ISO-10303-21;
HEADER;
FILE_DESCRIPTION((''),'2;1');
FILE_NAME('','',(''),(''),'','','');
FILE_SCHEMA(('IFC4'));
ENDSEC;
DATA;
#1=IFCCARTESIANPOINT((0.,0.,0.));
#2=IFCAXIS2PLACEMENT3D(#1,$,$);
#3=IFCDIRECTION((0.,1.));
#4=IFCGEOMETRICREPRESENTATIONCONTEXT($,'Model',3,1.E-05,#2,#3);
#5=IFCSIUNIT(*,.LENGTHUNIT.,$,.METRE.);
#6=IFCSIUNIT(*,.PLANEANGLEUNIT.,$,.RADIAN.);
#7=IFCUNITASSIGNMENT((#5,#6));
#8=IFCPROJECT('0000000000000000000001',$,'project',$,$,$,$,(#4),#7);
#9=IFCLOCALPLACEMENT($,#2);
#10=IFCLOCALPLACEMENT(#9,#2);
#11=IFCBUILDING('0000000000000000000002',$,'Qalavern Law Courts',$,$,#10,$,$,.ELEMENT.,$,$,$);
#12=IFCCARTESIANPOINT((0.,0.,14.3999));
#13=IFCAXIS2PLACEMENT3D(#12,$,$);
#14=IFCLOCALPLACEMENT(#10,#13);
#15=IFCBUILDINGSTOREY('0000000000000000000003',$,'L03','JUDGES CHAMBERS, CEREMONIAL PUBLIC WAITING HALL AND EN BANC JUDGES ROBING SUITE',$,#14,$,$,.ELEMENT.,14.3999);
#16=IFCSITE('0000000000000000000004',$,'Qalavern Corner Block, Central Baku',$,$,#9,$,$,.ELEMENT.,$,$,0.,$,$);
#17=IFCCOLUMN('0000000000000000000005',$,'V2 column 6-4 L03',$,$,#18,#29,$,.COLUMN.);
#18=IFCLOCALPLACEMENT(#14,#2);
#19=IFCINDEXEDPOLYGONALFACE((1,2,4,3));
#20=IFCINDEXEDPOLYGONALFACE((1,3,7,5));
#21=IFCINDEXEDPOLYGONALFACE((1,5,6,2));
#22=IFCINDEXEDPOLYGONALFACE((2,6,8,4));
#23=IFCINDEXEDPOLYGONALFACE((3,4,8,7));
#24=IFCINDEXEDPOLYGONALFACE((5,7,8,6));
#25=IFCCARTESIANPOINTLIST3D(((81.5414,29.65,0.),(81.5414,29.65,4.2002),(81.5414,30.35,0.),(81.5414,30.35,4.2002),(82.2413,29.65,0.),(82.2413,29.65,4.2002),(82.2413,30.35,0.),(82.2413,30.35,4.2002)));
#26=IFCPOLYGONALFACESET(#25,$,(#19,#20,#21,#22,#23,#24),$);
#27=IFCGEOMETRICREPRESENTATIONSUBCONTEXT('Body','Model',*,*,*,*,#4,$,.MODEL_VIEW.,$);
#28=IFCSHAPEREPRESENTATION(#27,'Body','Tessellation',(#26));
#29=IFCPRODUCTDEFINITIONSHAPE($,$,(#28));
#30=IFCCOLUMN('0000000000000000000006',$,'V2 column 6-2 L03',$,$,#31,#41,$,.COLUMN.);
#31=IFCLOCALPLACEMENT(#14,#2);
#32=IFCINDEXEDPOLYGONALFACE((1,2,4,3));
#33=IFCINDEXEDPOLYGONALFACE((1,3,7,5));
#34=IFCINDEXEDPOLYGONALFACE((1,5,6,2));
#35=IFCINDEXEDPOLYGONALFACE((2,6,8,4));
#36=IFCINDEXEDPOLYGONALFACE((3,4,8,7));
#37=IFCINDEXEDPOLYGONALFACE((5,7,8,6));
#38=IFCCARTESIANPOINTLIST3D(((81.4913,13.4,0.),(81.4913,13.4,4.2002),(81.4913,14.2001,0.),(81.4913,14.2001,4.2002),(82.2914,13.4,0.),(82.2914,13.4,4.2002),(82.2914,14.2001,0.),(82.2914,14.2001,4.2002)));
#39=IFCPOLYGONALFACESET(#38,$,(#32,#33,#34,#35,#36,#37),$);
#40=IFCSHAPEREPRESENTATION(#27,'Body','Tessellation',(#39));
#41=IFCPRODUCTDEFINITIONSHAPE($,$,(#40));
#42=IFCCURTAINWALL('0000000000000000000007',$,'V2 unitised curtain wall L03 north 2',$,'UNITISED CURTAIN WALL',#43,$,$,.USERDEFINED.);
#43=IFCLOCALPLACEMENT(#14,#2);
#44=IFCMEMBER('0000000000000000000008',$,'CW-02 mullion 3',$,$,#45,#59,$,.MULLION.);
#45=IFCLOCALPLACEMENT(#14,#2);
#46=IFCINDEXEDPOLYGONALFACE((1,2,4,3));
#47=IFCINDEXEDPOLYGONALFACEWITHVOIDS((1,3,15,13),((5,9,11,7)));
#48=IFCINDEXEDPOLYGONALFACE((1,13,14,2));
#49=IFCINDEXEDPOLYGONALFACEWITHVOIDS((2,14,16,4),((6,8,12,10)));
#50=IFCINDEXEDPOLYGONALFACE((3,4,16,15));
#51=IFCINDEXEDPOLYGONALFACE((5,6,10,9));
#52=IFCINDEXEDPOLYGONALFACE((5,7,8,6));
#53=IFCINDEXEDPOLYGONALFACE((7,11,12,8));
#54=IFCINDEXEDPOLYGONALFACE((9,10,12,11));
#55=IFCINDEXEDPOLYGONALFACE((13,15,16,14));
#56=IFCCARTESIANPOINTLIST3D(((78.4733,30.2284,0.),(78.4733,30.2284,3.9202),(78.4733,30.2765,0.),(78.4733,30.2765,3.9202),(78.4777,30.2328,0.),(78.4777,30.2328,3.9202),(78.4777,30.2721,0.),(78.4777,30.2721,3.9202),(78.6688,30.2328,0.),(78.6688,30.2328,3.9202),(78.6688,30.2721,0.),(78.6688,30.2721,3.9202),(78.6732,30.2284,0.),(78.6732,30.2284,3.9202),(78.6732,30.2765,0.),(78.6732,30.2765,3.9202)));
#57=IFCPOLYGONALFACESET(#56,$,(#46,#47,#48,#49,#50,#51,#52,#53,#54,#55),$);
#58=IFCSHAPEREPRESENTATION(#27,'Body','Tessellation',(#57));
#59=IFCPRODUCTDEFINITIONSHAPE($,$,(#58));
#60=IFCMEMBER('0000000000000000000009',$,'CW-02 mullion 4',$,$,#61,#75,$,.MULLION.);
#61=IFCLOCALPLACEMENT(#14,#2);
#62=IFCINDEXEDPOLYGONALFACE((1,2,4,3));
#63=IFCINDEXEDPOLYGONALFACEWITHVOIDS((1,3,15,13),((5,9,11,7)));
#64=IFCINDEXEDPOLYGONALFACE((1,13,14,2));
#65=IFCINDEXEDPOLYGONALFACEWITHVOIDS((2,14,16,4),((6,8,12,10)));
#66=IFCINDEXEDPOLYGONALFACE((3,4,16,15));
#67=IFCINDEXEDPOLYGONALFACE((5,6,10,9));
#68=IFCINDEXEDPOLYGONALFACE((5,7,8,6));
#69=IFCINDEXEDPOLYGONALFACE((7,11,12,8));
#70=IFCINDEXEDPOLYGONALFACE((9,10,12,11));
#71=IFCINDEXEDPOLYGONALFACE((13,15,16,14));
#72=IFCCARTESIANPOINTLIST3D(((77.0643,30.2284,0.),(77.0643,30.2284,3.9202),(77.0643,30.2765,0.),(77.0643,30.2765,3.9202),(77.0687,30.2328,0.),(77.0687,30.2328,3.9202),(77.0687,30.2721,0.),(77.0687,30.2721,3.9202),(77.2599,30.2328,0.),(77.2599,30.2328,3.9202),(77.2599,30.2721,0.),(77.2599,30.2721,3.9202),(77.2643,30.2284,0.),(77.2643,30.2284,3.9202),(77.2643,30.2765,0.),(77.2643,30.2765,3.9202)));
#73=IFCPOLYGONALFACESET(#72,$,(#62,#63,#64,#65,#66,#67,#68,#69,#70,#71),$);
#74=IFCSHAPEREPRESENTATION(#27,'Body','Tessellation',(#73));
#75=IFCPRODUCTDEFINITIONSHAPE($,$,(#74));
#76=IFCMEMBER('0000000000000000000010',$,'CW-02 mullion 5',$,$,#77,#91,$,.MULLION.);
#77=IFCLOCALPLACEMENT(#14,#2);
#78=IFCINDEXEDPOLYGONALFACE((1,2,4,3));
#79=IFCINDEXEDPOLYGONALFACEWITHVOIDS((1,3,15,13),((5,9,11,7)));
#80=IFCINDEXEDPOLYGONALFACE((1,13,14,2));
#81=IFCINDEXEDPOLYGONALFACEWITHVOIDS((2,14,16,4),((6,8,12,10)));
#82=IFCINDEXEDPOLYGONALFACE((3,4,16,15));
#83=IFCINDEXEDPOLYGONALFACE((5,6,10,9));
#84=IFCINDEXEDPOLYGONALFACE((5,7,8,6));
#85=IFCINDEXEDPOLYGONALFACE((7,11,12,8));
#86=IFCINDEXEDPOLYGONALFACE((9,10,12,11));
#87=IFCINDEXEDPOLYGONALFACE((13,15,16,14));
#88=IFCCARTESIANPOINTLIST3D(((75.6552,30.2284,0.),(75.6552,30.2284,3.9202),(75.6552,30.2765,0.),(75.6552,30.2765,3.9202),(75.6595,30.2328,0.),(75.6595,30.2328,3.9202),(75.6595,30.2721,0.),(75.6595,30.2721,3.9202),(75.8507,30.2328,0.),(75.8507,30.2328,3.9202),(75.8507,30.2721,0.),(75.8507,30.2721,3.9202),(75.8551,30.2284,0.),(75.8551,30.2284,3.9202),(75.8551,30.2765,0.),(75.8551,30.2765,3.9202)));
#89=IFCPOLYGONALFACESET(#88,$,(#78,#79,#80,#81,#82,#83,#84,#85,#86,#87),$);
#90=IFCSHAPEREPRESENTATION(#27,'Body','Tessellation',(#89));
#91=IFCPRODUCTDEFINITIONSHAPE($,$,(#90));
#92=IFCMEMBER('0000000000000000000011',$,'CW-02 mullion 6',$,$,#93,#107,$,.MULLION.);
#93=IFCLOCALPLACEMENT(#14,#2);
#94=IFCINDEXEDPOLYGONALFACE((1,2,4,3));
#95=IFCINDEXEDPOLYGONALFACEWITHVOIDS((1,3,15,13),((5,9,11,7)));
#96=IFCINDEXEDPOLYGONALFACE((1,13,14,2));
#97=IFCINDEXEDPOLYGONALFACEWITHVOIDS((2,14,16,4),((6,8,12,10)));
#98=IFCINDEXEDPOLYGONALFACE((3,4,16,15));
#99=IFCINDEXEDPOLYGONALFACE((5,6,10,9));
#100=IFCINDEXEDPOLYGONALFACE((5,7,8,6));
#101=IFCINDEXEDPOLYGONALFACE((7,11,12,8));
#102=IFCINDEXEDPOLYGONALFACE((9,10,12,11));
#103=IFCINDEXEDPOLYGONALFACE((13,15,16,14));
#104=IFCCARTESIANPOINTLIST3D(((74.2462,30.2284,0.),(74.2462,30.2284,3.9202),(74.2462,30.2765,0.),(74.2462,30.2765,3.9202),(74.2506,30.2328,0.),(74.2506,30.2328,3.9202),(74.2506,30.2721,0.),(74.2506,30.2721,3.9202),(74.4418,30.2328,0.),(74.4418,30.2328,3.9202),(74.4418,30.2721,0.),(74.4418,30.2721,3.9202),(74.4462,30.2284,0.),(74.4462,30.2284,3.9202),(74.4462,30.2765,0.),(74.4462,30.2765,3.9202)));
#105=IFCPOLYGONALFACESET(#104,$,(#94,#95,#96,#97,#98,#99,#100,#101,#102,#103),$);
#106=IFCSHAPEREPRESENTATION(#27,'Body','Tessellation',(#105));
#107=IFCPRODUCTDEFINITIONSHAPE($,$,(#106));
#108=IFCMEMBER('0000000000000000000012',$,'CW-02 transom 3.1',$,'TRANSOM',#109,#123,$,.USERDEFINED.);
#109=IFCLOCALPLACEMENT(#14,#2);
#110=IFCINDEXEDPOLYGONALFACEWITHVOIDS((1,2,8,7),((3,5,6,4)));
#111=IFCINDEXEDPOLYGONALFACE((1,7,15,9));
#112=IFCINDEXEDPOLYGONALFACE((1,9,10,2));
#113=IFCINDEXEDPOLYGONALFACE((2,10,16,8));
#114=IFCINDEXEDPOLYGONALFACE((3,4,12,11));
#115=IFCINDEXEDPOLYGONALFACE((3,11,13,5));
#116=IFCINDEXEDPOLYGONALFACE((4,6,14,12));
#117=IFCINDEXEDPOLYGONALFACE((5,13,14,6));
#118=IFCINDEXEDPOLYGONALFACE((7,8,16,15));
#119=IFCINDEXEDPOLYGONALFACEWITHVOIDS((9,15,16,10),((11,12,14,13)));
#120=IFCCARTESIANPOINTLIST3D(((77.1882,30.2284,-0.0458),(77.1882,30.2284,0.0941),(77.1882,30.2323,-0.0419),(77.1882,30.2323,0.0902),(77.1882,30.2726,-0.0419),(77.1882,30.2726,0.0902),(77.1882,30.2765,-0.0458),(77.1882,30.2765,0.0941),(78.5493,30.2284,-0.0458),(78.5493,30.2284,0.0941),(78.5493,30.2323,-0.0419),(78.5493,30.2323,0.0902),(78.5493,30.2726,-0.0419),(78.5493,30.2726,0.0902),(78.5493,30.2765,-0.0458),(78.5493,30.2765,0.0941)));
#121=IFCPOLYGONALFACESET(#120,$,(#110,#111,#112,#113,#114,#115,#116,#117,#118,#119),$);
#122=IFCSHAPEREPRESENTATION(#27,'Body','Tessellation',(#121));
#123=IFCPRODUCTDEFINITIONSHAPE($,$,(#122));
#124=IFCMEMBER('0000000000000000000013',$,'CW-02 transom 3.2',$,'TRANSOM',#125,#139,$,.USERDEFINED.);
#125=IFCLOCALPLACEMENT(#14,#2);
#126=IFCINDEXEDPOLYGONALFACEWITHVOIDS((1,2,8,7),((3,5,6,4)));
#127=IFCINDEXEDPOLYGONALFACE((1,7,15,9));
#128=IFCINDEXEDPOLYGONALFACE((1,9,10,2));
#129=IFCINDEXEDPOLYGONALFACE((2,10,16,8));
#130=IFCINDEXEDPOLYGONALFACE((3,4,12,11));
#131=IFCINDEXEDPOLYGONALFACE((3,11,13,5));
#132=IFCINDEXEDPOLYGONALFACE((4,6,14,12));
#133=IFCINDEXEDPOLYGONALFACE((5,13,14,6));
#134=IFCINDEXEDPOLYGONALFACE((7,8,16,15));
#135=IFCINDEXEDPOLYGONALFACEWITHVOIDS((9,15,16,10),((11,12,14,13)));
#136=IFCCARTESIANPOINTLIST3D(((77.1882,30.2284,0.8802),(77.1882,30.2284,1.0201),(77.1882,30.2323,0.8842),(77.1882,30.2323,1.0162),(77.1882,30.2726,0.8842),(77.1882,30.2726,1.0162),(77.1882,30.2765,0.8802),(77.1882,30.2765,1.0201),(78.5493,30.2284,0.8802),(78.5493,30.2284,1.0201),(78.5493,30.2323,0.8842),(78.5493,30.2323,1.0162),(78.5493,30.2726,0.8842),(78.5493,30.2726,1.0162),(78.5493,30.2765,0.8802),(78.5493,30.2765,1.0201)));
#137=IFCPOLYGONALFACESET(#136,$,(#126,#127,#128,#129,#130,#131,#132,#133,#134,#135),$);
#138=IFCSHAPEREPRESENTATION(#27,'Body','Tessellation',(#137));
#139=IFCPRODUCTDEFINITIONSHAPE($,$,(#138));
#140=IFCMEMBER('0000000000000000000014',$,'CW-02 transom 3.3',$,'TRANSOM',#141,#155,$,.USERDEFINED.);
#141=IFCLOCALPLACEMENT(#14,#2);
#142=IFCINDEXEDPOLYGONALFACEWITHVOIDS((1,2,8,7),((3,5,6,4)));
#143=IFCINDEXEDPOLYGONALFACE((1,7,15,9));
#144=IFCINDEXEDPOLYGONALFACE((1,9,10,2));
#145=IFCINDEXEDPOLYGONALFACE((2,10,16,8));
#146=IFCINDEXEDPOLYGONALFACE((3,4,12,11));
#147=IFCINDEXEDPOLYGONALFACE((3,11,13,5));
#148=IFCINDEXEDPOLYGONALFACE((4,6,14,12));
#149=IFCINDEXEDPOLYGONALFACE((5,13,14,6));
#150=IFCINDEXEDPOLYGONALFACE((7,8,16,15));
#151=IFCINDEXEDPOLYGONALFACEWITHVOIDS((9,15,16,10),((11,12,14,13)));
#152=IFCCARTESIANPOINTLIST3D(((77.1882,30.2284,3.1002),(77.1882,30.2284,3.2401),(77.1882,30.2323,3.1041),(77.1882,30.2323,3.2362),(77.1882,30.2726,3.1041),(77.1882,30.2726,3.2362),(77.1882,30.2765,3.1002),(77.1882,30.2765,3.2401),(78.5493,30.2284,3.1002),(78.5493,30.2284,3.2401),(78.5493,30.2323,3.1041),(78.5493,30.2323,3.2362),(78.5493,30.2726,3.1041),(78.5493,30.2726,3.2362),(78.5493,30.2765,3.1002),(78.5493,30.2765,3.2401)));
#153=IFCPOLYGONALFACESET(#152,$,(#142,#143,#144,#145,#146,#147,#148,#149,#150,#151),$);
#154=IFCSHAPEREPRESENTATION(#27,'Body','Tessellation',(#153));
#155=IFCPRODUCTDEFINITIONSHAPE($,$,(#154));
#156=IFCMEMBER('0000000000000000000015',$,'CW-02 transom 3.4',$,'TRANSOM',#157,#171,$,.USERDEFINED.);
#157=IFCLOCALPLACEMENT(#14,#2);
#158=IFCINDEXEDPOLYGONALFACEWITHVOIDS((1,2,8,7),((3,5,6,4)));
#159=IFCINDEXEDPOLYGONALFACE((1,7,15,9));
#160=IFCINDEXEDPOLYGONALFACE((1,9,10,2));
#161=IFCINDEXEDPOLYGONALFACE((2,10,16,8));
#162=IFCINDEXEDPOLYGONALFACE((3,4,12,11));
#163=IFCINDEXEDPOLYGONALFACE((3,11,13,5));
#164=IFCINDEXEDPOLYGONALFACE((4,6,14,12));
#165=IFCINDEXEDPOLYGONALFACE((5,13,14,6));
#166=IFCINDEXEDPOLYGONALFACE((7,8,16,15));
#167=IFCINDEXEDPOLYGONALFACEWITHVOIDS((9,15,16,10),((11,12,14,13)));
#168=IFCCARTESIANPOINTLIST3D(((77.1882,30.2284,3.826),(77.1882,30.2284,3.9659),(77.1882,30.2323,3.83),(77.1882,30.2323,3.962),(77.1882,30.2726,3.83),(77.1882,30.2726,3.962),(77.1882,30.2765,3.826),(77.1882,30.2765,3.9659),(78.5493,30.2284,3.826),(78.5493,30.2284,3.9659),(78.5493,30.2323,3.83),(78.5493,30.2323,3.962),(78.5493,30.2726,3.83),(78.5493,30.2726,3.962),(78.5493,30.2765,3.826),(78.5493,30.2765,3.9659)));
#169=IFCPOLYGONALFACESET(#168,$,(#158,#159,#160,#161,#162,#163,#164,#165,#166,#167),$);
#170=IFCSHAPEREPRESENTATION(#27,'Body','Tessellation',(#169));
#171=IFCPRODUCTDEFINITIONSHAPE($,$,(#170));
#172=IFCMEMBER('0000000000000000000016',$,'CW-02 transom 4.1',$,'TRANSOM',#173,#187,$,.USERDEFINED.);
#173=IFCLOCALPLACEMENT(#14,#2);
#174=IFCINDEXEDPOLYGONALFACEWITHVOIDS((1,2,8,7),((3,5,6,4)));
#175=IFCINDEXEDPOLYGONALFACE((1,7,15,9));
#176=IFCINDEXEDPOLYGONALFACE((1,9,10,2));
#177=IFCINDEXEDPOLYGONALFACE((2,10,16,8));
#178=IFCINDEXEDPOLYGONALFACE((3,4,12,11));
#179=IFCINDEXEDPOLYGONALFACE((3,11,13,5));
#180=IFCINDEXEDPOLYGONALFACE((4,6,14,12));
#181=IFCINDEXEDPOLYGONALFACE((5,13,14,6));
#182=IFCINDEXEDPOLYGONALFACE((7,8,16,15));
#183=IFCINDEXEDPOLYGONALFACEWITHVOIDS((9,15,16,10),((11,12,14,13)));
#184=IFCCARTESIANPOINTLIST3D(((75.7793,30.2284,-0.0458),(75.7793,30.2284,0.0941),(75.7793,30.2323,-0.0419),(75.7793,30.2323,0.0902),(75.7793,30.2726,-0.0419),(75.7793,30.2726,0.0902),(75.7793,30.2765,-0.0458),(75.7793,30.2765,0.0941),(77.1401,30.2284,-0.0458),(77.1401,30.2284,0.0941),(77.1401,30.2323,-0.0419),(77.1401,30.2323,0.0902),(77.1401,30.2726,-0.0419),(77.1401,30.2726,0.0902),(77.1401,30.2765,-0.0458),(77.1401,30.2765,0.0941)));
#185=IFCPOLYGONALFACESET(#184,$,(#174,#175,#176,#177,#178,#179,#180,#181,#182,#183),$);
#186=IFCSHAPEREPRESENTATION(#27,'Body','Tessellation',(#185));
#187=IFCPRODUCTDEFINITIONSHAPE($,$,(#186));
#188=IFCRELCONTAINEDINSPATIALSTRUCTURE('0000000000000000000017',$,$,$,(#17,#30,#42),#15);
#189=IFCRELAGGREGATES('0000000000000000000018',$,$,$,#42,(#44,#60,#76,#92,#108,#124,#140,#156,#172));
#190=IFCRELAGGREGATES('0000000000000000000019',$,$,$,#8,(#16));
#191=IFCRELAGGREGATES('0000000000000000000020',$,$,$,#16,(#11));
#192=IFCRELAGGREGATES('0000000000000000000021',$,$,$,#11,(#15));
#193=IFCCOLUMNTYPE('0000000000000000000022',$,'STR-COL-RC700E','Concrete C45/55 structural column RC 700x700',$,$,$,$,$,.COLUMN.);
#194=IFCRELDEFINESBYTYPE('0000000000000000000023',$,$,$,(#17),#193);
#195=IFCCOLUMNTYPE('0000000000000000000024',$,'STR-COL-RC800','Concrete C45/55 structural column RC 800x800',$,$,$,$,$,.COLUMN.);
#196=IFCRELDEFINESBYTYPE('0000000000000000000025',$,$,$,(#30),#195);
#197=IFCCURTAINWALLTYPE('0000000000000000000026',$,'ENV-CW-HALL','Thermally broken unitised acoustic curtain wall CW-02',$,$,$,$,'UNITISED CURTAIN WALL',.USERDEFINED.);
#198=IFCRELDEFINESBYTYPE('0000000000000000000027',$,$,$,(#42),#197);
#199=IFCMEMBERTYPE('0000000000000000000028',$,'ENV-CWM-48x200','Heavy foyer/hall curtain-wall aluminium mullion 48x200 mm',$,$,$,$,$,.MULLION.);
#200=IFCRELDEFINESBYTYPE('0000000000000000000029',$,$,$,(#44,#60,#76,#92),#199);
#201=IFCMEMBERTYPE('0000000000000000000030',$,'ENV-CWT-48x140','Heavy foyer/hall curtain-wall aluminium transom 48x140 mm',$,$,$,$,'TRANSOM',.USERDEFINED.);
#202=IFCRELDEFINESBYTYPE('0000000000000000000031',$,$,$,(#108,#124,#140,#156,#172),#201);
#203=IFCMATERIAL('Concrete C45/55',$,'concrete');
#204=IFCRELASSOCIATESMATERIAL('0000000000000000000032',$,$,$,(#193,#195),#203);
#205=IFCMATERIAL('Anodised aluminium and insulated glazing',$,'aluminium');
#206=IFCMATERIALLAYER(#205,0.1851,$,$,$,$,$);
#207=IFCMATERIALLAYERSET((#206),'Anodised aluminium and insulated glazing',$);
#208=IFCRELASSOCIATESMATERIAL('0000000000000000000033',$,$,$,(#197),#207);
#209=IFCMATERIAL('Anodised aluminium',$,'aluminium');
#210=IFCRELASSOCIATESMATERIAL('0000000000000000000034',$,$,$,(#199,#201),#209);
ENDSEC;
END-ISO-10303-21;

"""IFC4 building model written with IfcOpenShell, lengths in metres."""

from ifc_helpers import new_model, si_unit, direction, frame, origin, origin_2d, place, context, subcontext, project, spatial, rectangle, hollow_rectangle, extrude, material, layer, layer_set, material_profile, profile_set, type_object, element, aggregate, save


model = new_model("IFC4")

# Units and contexts
model_context = context("Model", 3, precision=1e-05, world=origin(), true_north=direction((0.0, 1.0)))
body_context = subcontext(model_context, "Body", "Model", "MODEL_VIEW")
ifc_project = project(units=[si_unit("LENGTHUNIT", "METRE"), si_unit("PLANEANGLEUNIT", "RADIAN")], contexts=[model_context])

# Site, building, storey
site_placement = place(None, origin())
site = spatial("IfcSite", under=ifc_project, at=site_placement, Name="Qalavern Corner Block, Central Baku", CompositionType="ELEMENT", RefElevation=0.0)
building_placement = place(site_placement, origin())
building = spatial("IfcBuilding", under=site, at=building_placement, Name="Qalavern Law Courts", CompositionType="ELEMENT")
storey_placement = place(building_placement, frame((0.0, 0.0, 14.3999)))
storey = spatial("IfcBuildingStorey", under=building, at=storey_placement, Name="L03", Description="JUDGES CHAMBERS, CEREMONIAL PUBLIC WAITING HALL AND EN BANC JUDGES ROBING SUITE", CompositionType="ELEMENT", Elevation=14.3999)

# Columns
ifc_material_1 = material(Name="Concrete C45/55", Category="concrete")
ifc_material_profile_1 = material_profile(ifc_material_1, rectangle(XDim=0.7, YDim=0.7, at=origin_2d()), Name="RC 700x700")
ifc_profile_set_1 = profile_set([ifc_material_profile_1], Name="Concrete C45/55")
column_type_1 = type_object("IfcColumnType", Name="STR-COL-RC700E", Description="Concrete C45/55 structural column RC 700x700", PredefinedType="COLUMN", material=ifc_profile_set_1)
column_1_placement = place(storey_placement, frame((81.8914, 30.0, 0.0), z_axis=(0.0, 0.0, 1.0), x_axis=(1.0, 0.0, 0.0)))
element("IfcColumn", 1, at=column_1_placement, inside=storey, type_object=column_type_1, Name="V2 column 6-4 L03", PredefinedType="COLUMN", context=body_context, shape_type="SweptSolid", body=[
    extrude(rectangle(XDim=0.7, YDim=0.7, at=origin_2d()), origin(), (0.0, 0.0, 1.0), 4.2002),
])
ifc_material_profile_2 = material_profile(ifc_material_1, rectangle(XDim=0.8, YDim=0.8, at=origin_2d()), Name="RC 800x800")
ifc_profile_set_2 = profile_set([ifc_material_profile_2], Name="Concrete C45/55")
column_type_2 = type_object("IfcColumnType", Name="STR-COL-RC800", Description="Concrete C45/55 structural column RC 800x800", PredefinedType="COLUMN", material=ifc_profile_set_2)
column_2_placement = place(storey_placement, frame((81.8914, 13.8, 0.0), z_axis=(0.0, 0.0, 1.0), x_axis=(1.0, 0.0, 0.0)))
element("IfcColumn", 2, at=column_2_placement, inside=storey, type_object=column_type_2, Name="V2 column 6-2 L03", PredefinedType="COLUMN", context=body_context, shape_type="SweptSolid", body=[
    extrude(rectangle(XDim=0.8, YDim=0.8, at=origin_2d()), origin(), (0.0, 0.0, 1.0), 4.2002),
])

# Curtain wall, members
ifc_material_2 = material(Name="Anodised aluminium and insulated glazing", Category="aluminium")
ifc_layer_1 = layer(ifc_material_2, 0.1851)
ifc_layer_set_1 = layer_set([ifc_layer_1], Name="Anodised aluminium and insulated glazing")
curtain_wall_type = type_object("IfcCurtainWallType", Name="ENV-CW-HALL", Description="Thermally broken unitised acoustic curtain wall CW-02", ElementType="UNITISED CURTAIN WALL", PredefinedType="USERDEFINED", material=ifc_layer_set_1)
curtain_wall_placement = place(storey_placement, origin())
curtain_wall = element("IfcCurtainWall", 3, at=curtain_wall_placement, inside=storey, type_object=curtain_wall_type, Name="V2 unitised curtain wall L03 north 2", ObjectType="UNITISED CURTAIN WALL", PredefinedType="USERDEFINED")
ifc_material_3 = material(Name="Anodised aluminium", Category="aluminium")
ifc_material_profile_3 = material_profile(ifc_material_3, hollow_rectangle(XDim=0.0481, YDim=0.2, WallThickness=0.0044, at=origin_2d()), Name="ALU MULLION 48x200")
ifc_profile_set_3 = profile_set([ifc_material_profile_3], Name="Anodised aluminium")
member_type_1 = type_object("IfcMemberType", Name="ENV-CWM-48x200", Description="Heavy foyer/hall curtain-wall aluminium mullion 48x200 mm", PredefinedType="MULLION", material=ifc_profile_set_3)
member_1_placement = place(storey_placement, frame((78.5732, 30.2524, 0.0), z_axis=(0.0, 0.0, 1.0), x_axis=(0.0, -1.0, 0.0)))
member_1 = element("IfcMember", 4, at=member_1_placement, type_object=member_type_1, Name="CW-02 mullion 3", PredefinedType="MULLION", context=body_context, shape_type="SweptSolid", body=[
    extrude(hollow_rectangle(XDim=0.0481, YDim=0.2, WallThickness=0.0044, at=origin_2d()), origin(), (0.0, 0.0, 1.0), 3.9202),
])
member_2_placement = place(storey_placement, frame((77.1643, 30.2524, 0.0), z_axis=(0.0, 0.0, 1.0), x_axis=(0.0, -1.0, 0.0)))
member_2 = element("IfcMember", 5, at=member_2_placement, type_object=member_type_1, Name="CW-02 mullion 4", PredefinedType="MULLION", context=body_context, shape_type="SweptSolid", body=[
    extrude(hollow_rectangle(XDim=0.0481, YDim=0.2, WallThickness=0.0044, at=origin_2d()), origin(), (0.0, 0.0, 1.0), 3.9202),
])
member_3_placement = place(storey_placement, frame((75.7551, 30.2524, 0.0), z_axis=(0.0, 0.0, 1.0), x_axis=(0.0, -1.0, 0.0)))
member_3 = element("IfcMember", 6, at=member_3_placement, type_object=member_type_1, Name="CW-02 mullion 5", PredefinedType="MULLION", context=body_context, shape_type="SweptSolid", body=[
    extrude(hollow_rectangle(XDim=0.0481, YDim=0.2, WallThickness=0.0044, at=origin_2d()), origin(), (0.0, 0.0, 1.0), 3.9202),
])
member_4_placement = place(storey_placement, frame((74.3462, 30.2524, 0.0), z_axis=(0.0, 0.0, 1.0), x_axis=(0.0, -1.0, 0.0)))
member_4 = element("IfcMember", 7, at=member_4_placement, type_object=member_type_1, Name="CW-02 mullion 6", PredefinedType="MULLION", context=body_context, shape_type="SweptSolid", body=[
    extrude(hollow_rectangle(XDim=0.0481, YDim=0.2, WallThickness=0.0044, at=origin_2d()), origin(), (0.0, 0.0, 1.0), 3.9202),
])
ifc_material_profile_4 = material_profile(ifc_material_3, hollow_rectangle(XDim=0.0481, YDim=0.1399, WallThickness=0.0039, at=origin_2d()), Name="ALU TRANSOM 48x140")
ifc_profile_set_4 = profile_set([ifc_material_profile_4], Name="Anodised aluminium")
member_type_2 = type_object("IfcMemberType", Name="ENV-CWT-48x140", Description="Heavy foyer/hall curtain-wall aluminium transom 48x140 mm", ElementType="TRANSOM", PredefinedType="USERDEFINED", material=ifc_profile_set_4)
member_5_placement = place(storey_placement, frame((78.5493, 30.2524, 0.0242), z_axis=(-1.0, 0.0, 0.0), x_axis=(0.0, -1.0, 0.0)))
member_5 = element("IfcMember", 8, at=member_5_placement, type_object=member_type_2, Name="CW-02 transom 3.1", ObjectType="TRANSOM", PredefinedType="USERDEFINED", context=body_context, shape_type="SweptSolid", body=[
    extrude(hollow_rectangle(XDim=0.0481, YDim=0.1399, WallThickness=0.0039, at=origin_2d()), origin(), (0.0, 0.0, 1.0), 1.3611),
])
member_6_placement = place(storey_placement, frame((78.5493, 30.2524, 0.9502), z_axis=(-1.0, 0.0, 0.0), x_axis=(0.0, -1.0, 0.0)))
member_6 = element("IfcMember", 9, at=member_6_placement, type_object=member_type_2, Name="CW-02 transom 3.2", ObjectType="TRANSOM", PredefinedType="USERDEFINED", context=body_context, shape_type="SweptSolid", body=[
    extrude(hollow_rectangle(XDim=0.0481, YDim=0.1399, WallThickness=0.0039, at=origin_2d()), origin(), (0.0, 0.0, 1.0), 1.3611),
])
member_7_placement = place(storey_placement, frame((78.5493, 30.2524, 3.1702), z_axis=(-1.0, 0.0, 0.0), x_axis=(0.0, -1.0, 0.0)))
member_7 = element("IfcMember", 10, at=member_7_placement, type_object=member_type_2, Name="CW-02 transom 3.3", ObjectType="TRANSOM", PredefinedType="USERDEFINED", context=body_context, shape_type="SweptSolid", body=[
    extrude(hollow_rectangle(XDim=0.0481, YDim=0.1399, WallThickness=0.0039, at=origin_2d()), origin(), (0.0, 0.0, 1.0), 1.3611),
])
member_8_placement = place(storey_placement, frame((78.5493, 30.2524, 3.896), z_axis=(-1.0, 0.0, 0.0), x_axis=(0.0, -1.0, 0.0)))
member_8 = element("IfcMember", 11, at=member_8_placement, type_object=member_type_2, Name="CW-02 transom 3.4", ObjectType="TRANSOM", PredefinedType="USERDEFINED", context=body_context, shape_type="SweptSolid", body=[
    extrude(hollow_rectangle(XDim=0.0481, YDim=0.1399, WallThickness=0.0039, at=origin_2d()), origin(), (0.0, 0.0, 1.0), 1.3611),
])
member_9_placement = place(storey_placement, frame((77.1401, 30.2524, 0.0242), z_axis=(-1.0, 0.0, 0.0), x_axis=(0.0, -1.0, 0.0)))
member_9 = element("IfcMember", 12, at=member_9_placement, type_object=member_type_2, Name="CW-02 transom 4.1", ObjectType="TRANSOM", PredefinedType="USERDEFINED", context=body_context, shape_type="SweptSolid", body=[
    extrude(hollow_rectangle(XDim=0.0481, YDim=0.1399, WallThickness=0.0039, at=origin_2d()), origin(), (0.0, 0.0, 1.0), 1.3608),
])

aggregate(curtain_wall, [member_1, member_2, member_3, member_4, member_5, member_6, member_7, member_8, member_9])

save(model, "model.ifc")
